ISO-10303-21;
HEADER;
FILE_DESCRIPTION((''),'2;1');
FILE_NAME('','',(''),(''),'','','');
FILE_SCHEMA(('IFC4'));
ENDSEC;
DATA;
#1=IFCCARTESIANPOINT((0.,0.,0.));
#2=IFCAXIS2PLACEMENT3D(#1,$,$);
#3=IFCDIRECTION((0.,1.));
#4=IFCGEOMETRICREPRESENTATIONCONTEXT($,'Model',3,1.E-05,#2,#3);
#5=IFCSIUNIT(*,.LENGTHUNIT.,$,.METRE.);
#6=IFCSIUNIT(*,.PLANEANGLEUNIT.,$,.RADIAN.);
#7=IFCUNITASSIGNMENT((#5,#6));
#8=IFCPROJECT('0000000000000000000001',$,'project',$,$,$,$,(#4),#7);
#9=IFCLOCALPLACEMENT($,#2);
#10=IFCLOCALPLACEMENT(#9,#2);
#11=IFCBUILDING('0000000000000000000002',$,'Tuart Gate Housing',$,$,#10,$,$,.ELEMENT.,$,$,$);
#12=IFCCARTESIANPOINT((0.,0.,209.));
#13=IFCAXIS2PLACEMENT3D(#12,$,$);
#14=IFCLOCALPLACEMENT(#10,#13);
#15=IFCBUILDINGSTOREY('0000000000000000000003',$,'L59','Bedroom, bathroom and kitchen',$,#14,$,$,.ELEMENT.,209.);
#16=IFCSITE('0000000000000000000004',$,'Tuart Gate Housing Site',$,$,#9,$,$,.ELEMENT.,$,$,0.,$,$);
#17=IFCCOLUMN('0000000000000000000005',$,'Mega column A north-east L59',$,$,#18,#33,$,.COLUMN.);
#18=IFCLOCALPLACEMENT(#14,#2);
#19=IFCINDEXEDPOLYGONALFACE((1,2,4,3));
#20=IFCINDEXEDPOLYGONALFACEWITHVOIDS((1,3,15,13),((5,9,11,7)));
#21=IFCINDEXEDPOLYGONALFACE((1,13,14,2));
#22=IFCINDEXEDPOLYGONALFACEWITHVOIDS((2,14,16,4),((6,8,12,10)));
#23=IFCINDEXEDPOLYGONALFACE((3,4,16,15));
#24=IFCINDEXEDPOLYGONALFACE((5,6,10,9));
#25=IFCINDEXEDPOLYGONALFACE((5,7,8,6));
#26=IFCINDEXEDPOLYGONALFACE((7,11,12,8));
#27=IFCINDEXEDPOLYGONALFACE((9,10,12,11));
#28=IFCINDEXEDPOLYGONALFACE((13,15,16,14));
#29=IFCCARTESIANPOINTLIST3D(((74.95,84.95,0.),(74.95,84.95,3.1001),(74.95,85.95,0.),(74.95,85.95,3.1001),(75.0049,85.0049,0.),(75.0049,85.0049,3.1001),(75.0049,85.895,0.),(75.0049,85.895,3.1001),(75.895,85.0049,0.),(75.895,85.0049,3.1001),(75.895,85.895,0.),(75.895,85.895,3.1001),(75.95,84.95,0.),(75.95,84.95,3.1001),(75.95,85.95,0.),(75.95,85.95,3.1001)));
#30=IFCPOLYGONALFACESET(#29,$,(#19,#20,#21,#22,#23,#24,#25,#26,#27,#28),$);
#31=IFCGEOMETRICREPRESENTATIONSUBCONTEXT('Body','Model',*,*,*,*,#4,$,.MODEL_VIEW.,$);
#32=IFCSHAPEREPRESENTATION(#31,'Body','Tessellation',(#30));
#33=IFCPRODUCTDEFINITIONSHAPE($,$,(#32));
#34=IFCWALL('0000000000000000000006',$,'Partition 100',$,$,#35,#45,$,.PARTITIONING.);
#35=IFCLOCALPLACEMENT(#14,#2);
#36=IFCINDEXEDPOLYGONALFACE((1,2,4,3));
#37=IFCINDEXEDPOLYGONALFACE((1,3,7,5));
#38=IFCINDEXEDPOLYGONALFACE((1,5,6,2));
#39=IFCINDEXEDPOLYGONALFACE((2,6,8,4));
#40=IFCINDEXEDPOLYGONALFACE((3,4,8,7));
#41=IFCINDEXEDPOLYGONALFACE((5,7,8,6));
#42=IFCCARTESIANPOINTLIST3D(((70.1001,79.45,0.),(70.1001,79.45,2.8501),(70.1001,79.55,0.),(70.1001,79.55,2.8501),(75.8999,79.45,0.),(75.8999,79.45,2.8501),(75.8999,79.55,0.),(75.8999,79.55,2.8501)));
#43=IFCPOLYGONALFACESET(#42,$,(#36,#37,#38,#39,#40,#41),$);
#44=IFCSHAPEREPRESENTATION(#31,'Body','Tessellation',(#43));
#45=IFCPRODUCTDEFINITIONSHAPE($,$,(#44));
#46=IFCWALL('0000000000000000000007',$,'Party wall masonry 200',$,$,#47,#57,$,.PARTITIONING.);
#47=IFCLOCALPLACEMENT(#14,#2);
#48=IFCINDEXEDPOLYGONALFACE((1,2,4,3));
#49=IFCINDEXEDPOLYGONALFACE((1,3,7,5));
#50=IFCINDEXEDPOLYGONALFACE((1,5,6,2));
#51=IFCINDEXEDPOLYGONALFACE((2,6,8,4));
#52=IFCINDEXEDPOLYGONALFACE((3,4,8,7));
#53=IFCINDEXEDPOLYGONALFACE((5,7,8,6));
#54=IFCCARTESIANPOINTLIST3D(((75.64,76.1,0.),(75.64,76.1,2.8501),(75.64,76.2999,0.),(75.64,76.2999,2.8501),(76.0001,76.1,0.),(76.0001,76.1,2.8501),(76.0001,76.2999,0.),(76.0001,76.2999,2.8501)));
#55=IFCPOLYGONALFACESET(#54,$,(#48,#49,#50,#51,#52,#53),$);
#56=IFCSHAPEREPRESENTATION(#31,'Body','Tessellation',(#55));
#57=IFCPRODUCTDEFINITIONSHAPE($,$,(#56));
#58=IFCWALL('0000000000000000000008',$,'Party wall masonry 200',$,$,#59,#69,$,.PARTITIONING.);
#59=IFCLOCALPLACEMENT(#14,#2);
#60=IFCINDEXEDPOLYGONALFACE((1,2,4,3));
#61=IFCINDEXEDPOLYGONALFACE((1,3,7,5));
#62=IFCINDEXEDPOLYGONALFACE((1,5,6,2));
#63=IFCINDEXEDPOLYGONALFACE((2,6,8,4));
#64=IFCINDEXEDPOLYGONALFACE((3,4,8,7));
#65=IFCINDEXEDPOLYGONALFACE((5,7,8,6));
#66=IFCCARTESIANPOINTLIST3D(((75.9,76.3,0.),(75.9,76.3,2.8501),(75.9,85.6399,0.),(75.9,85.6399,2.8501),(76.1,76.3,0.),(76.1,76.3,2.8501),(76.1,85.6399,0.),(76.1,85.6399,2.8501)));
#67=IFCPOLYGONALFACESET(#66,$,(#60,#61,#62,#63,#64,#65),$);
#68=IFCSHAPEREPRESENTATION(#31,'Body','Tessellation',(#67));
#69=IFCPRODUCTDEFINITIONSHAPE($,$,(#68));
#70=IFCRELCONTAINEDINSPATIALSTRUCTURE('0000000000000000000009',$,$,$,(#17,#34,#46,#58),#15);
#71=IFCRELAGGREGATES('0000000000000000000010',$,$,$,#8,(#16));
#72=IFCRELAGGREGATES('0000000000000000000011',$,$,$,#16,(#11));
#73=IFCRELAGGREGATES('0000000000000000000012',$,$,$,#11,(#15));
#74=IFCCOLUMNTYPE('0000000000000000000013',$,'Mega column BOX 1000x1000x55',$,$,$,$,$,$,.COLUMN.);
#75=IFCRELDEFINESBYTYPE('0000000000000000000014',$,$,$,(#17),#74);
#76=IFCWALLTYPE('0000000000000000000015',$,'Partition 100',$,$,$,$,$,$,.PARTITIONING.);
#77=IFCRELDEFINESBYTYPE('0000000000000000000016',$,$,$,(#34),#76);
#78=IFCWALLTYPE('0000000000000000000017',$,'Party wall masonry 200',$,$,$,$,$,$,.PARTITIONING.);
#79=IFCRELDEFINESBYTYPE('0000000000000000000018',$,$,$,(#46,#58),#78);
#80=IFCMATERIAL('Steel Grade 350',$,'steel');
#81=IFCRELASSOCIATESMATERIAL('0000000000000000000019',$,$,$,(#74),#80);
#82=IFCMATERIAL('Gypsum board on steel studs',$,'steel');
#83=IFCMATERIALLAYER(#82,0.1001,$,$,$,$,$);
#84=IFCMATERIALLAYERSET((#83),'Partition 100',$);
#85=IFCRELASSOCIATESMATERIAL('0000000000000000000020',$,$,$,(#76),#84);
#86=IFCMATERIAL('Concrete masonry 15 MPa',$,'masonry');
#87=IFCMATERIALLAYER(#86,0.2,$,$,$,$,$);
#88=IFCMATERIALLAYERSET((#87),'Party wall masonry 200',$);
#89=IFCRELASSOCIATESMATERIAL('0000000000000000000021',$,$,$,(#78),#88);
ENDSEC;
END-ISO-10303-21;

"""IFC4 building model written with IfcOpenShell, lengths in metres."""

from ifc_helpers import new_model, si_unit, direction, frame, frame_2d, origin, origin_2d, place, context, subcontext, project, spatial, rectangle, hollow_rectangle, extrude, material, layer, layer_set, material_profile, profile_set, type_object, element, save


model = new_model("IFC4")

# Units and contexts
model_context = context("Model", 3, precision=1e-05, world=origin(), true_north=direction((0.0, 1.0)))
body_context = subcontext(model_context, "Body", "Model", "MODEL_VIEW")
ifc_project = project(units=[si_unit("LENGTHUNIT", "METRE"), si_unit("PLANEANGLEUNIT", "RADIAN")], contexts=[model_context])

# Site, building, storey
site_placement = place(None, origin())
site = spatial("IfcSite", under=ifc_project, at=site_placement, Name="Tuart Gate Housing Site", CompositionType="ELEMENT", RefElevation=0.0)
building_placement = place(site_placement, origin())
building = spatial("IfcBuilding", under=site, at=building_placement, Name="Tuart Gate Housing", CompositionType="ELEMENT")
storey_placement = place(building_placement, frame((0.0, 0.0, 209.0)))
storey = spatial("IfcBuildingStorey", under=building, at=storey_placement, Name="L59", Description="Bedroom, bathroom and kitchen", CompositionType="ELEMENT", Elevation=209.0)

# Column
ifc_material_1 = material(Name="Steel Grade 350", Category="steel")
ifc_material_profile = material_profile(ifc_material_1, hollow_rectangle(XDim=1.0, YDim=1.0, WallThickness=0.0549, at=origin_2d()), Name="BOX 1000x1000x55")
ifc_profile_set = profile_set([ifc_material_profile], Name="Steel Grade 350")
column_type = type_object("IfcColumnType", Name="Mega column BOX 1000x1000x55", PredefinedType="COLUMN", material=ifc_profile_set)
column_placement = place(storey_placement, frame((75.45, 85.45, 0.0), z_axis=(0.0, 0.0, 1.0), x_axis=(1.0, 0.0, 0.0)))
element("IfcColumn", 1, at=column_placement, inside=storey, type_object=column_type, Name="Mega column A north-east L59", PredefinedType="COLUMN", context=body_context, shape_type="SweptSolid", body=[
    extrude(hollow_rectangle(XDim=1.0, YDim=1.0, WallThickness=0.0549, at=origin_2d()), origin(), (0.0, 0.0, 1.0), 3.1001),
])

# Walls
ifc_material_2 = material(Name="Gypsum board on steel studs", Category="steel")
ifc_layer_1 = layer(ifc_material_2, 0.1001)
ifc_layer_set_1 = layer_set([ifc_layer_1], Name="Partition 100")
wall_type_1 = type_object("IfcWallType", Name="Partition 100", PredefinedType="PARTITIONING", material=ifc_layer_set_1)
wall_1_placement = place(storey_placement, frame((70.1001, 79.5, 0.0), z_axis=(0.0, 0.0, 1.0), x_axis=(1.0, 0.0, 0.0)))
element("IfcWall", 2, at=wall_1_placement, inside=storey, type_object=wall_type_1, Name="Partition 100", PredefinedType="PARTITIONING", context=body_context, shape_type="SweptSolid", body=[
    extrude(rectangle(XDim=5.7998, YDim=0.1001, at=frame_2d((2.8999, 0.0))), origin(), (0.0, 0.0, 1.0), 2.8501),
])
ifc_material_3 = material(Name="Concrete masonry 15 MPa", Category="masonry")
ifc_layer_2 = layer(ifc_material_3, 0.2)
ifc_layer_set_2 = layer_set([ifc_layer_2], Name="Party wall masonry 200")
wall_type_2 = type_object("IfcWallType", Name="Party wall masonry 200", PredefinedType="PARTITIONING", material=ifc_layer_set_2)
wall_2_placement = place(storey_placement, frame((75.6399, 76.2, 0.0), z_axis=(0.0, 0.0, 1.0), x_axis=(1.0, 0.0, 0.0)))
element("IfcWall", 3, at=wall_2_placement, inside=storey, type_object=wall_type_2, Name="Party wall masonry 200", PredefinedType="PARTITIONING", context=body_context, shape_type="SweptSolid", body=[
    extrude(rectangle(XDim=0.3601, YDim=0.2, at=frame_2d((0.1802, 0.0))), origin(), (0.0, 0.0, 1.0), 2.8501),
])
wall_3_placement = place(storey_placement, frame((76.0, 76.3, 0.0), z_axis=(0.0, 0.0, 1.0), x_axis=(0.0, 1.0, 0.0)))
element("IfcWall", 4, at=wall_3_placement, inside=storey, type_object=wall_type_2, Name="Party wall masonry 200", PredefinedType="PARTITIONING", context=body_context, shape_type="SweptSolid", body=[
    extrude(rectangle(XDim=9.3398, YDim=0.2, at=frame_2d((4.6699, 0.0))), origin(), (0.0, 0.0, 1.0), 2.8501),
])

save(model, "model.ifc")
